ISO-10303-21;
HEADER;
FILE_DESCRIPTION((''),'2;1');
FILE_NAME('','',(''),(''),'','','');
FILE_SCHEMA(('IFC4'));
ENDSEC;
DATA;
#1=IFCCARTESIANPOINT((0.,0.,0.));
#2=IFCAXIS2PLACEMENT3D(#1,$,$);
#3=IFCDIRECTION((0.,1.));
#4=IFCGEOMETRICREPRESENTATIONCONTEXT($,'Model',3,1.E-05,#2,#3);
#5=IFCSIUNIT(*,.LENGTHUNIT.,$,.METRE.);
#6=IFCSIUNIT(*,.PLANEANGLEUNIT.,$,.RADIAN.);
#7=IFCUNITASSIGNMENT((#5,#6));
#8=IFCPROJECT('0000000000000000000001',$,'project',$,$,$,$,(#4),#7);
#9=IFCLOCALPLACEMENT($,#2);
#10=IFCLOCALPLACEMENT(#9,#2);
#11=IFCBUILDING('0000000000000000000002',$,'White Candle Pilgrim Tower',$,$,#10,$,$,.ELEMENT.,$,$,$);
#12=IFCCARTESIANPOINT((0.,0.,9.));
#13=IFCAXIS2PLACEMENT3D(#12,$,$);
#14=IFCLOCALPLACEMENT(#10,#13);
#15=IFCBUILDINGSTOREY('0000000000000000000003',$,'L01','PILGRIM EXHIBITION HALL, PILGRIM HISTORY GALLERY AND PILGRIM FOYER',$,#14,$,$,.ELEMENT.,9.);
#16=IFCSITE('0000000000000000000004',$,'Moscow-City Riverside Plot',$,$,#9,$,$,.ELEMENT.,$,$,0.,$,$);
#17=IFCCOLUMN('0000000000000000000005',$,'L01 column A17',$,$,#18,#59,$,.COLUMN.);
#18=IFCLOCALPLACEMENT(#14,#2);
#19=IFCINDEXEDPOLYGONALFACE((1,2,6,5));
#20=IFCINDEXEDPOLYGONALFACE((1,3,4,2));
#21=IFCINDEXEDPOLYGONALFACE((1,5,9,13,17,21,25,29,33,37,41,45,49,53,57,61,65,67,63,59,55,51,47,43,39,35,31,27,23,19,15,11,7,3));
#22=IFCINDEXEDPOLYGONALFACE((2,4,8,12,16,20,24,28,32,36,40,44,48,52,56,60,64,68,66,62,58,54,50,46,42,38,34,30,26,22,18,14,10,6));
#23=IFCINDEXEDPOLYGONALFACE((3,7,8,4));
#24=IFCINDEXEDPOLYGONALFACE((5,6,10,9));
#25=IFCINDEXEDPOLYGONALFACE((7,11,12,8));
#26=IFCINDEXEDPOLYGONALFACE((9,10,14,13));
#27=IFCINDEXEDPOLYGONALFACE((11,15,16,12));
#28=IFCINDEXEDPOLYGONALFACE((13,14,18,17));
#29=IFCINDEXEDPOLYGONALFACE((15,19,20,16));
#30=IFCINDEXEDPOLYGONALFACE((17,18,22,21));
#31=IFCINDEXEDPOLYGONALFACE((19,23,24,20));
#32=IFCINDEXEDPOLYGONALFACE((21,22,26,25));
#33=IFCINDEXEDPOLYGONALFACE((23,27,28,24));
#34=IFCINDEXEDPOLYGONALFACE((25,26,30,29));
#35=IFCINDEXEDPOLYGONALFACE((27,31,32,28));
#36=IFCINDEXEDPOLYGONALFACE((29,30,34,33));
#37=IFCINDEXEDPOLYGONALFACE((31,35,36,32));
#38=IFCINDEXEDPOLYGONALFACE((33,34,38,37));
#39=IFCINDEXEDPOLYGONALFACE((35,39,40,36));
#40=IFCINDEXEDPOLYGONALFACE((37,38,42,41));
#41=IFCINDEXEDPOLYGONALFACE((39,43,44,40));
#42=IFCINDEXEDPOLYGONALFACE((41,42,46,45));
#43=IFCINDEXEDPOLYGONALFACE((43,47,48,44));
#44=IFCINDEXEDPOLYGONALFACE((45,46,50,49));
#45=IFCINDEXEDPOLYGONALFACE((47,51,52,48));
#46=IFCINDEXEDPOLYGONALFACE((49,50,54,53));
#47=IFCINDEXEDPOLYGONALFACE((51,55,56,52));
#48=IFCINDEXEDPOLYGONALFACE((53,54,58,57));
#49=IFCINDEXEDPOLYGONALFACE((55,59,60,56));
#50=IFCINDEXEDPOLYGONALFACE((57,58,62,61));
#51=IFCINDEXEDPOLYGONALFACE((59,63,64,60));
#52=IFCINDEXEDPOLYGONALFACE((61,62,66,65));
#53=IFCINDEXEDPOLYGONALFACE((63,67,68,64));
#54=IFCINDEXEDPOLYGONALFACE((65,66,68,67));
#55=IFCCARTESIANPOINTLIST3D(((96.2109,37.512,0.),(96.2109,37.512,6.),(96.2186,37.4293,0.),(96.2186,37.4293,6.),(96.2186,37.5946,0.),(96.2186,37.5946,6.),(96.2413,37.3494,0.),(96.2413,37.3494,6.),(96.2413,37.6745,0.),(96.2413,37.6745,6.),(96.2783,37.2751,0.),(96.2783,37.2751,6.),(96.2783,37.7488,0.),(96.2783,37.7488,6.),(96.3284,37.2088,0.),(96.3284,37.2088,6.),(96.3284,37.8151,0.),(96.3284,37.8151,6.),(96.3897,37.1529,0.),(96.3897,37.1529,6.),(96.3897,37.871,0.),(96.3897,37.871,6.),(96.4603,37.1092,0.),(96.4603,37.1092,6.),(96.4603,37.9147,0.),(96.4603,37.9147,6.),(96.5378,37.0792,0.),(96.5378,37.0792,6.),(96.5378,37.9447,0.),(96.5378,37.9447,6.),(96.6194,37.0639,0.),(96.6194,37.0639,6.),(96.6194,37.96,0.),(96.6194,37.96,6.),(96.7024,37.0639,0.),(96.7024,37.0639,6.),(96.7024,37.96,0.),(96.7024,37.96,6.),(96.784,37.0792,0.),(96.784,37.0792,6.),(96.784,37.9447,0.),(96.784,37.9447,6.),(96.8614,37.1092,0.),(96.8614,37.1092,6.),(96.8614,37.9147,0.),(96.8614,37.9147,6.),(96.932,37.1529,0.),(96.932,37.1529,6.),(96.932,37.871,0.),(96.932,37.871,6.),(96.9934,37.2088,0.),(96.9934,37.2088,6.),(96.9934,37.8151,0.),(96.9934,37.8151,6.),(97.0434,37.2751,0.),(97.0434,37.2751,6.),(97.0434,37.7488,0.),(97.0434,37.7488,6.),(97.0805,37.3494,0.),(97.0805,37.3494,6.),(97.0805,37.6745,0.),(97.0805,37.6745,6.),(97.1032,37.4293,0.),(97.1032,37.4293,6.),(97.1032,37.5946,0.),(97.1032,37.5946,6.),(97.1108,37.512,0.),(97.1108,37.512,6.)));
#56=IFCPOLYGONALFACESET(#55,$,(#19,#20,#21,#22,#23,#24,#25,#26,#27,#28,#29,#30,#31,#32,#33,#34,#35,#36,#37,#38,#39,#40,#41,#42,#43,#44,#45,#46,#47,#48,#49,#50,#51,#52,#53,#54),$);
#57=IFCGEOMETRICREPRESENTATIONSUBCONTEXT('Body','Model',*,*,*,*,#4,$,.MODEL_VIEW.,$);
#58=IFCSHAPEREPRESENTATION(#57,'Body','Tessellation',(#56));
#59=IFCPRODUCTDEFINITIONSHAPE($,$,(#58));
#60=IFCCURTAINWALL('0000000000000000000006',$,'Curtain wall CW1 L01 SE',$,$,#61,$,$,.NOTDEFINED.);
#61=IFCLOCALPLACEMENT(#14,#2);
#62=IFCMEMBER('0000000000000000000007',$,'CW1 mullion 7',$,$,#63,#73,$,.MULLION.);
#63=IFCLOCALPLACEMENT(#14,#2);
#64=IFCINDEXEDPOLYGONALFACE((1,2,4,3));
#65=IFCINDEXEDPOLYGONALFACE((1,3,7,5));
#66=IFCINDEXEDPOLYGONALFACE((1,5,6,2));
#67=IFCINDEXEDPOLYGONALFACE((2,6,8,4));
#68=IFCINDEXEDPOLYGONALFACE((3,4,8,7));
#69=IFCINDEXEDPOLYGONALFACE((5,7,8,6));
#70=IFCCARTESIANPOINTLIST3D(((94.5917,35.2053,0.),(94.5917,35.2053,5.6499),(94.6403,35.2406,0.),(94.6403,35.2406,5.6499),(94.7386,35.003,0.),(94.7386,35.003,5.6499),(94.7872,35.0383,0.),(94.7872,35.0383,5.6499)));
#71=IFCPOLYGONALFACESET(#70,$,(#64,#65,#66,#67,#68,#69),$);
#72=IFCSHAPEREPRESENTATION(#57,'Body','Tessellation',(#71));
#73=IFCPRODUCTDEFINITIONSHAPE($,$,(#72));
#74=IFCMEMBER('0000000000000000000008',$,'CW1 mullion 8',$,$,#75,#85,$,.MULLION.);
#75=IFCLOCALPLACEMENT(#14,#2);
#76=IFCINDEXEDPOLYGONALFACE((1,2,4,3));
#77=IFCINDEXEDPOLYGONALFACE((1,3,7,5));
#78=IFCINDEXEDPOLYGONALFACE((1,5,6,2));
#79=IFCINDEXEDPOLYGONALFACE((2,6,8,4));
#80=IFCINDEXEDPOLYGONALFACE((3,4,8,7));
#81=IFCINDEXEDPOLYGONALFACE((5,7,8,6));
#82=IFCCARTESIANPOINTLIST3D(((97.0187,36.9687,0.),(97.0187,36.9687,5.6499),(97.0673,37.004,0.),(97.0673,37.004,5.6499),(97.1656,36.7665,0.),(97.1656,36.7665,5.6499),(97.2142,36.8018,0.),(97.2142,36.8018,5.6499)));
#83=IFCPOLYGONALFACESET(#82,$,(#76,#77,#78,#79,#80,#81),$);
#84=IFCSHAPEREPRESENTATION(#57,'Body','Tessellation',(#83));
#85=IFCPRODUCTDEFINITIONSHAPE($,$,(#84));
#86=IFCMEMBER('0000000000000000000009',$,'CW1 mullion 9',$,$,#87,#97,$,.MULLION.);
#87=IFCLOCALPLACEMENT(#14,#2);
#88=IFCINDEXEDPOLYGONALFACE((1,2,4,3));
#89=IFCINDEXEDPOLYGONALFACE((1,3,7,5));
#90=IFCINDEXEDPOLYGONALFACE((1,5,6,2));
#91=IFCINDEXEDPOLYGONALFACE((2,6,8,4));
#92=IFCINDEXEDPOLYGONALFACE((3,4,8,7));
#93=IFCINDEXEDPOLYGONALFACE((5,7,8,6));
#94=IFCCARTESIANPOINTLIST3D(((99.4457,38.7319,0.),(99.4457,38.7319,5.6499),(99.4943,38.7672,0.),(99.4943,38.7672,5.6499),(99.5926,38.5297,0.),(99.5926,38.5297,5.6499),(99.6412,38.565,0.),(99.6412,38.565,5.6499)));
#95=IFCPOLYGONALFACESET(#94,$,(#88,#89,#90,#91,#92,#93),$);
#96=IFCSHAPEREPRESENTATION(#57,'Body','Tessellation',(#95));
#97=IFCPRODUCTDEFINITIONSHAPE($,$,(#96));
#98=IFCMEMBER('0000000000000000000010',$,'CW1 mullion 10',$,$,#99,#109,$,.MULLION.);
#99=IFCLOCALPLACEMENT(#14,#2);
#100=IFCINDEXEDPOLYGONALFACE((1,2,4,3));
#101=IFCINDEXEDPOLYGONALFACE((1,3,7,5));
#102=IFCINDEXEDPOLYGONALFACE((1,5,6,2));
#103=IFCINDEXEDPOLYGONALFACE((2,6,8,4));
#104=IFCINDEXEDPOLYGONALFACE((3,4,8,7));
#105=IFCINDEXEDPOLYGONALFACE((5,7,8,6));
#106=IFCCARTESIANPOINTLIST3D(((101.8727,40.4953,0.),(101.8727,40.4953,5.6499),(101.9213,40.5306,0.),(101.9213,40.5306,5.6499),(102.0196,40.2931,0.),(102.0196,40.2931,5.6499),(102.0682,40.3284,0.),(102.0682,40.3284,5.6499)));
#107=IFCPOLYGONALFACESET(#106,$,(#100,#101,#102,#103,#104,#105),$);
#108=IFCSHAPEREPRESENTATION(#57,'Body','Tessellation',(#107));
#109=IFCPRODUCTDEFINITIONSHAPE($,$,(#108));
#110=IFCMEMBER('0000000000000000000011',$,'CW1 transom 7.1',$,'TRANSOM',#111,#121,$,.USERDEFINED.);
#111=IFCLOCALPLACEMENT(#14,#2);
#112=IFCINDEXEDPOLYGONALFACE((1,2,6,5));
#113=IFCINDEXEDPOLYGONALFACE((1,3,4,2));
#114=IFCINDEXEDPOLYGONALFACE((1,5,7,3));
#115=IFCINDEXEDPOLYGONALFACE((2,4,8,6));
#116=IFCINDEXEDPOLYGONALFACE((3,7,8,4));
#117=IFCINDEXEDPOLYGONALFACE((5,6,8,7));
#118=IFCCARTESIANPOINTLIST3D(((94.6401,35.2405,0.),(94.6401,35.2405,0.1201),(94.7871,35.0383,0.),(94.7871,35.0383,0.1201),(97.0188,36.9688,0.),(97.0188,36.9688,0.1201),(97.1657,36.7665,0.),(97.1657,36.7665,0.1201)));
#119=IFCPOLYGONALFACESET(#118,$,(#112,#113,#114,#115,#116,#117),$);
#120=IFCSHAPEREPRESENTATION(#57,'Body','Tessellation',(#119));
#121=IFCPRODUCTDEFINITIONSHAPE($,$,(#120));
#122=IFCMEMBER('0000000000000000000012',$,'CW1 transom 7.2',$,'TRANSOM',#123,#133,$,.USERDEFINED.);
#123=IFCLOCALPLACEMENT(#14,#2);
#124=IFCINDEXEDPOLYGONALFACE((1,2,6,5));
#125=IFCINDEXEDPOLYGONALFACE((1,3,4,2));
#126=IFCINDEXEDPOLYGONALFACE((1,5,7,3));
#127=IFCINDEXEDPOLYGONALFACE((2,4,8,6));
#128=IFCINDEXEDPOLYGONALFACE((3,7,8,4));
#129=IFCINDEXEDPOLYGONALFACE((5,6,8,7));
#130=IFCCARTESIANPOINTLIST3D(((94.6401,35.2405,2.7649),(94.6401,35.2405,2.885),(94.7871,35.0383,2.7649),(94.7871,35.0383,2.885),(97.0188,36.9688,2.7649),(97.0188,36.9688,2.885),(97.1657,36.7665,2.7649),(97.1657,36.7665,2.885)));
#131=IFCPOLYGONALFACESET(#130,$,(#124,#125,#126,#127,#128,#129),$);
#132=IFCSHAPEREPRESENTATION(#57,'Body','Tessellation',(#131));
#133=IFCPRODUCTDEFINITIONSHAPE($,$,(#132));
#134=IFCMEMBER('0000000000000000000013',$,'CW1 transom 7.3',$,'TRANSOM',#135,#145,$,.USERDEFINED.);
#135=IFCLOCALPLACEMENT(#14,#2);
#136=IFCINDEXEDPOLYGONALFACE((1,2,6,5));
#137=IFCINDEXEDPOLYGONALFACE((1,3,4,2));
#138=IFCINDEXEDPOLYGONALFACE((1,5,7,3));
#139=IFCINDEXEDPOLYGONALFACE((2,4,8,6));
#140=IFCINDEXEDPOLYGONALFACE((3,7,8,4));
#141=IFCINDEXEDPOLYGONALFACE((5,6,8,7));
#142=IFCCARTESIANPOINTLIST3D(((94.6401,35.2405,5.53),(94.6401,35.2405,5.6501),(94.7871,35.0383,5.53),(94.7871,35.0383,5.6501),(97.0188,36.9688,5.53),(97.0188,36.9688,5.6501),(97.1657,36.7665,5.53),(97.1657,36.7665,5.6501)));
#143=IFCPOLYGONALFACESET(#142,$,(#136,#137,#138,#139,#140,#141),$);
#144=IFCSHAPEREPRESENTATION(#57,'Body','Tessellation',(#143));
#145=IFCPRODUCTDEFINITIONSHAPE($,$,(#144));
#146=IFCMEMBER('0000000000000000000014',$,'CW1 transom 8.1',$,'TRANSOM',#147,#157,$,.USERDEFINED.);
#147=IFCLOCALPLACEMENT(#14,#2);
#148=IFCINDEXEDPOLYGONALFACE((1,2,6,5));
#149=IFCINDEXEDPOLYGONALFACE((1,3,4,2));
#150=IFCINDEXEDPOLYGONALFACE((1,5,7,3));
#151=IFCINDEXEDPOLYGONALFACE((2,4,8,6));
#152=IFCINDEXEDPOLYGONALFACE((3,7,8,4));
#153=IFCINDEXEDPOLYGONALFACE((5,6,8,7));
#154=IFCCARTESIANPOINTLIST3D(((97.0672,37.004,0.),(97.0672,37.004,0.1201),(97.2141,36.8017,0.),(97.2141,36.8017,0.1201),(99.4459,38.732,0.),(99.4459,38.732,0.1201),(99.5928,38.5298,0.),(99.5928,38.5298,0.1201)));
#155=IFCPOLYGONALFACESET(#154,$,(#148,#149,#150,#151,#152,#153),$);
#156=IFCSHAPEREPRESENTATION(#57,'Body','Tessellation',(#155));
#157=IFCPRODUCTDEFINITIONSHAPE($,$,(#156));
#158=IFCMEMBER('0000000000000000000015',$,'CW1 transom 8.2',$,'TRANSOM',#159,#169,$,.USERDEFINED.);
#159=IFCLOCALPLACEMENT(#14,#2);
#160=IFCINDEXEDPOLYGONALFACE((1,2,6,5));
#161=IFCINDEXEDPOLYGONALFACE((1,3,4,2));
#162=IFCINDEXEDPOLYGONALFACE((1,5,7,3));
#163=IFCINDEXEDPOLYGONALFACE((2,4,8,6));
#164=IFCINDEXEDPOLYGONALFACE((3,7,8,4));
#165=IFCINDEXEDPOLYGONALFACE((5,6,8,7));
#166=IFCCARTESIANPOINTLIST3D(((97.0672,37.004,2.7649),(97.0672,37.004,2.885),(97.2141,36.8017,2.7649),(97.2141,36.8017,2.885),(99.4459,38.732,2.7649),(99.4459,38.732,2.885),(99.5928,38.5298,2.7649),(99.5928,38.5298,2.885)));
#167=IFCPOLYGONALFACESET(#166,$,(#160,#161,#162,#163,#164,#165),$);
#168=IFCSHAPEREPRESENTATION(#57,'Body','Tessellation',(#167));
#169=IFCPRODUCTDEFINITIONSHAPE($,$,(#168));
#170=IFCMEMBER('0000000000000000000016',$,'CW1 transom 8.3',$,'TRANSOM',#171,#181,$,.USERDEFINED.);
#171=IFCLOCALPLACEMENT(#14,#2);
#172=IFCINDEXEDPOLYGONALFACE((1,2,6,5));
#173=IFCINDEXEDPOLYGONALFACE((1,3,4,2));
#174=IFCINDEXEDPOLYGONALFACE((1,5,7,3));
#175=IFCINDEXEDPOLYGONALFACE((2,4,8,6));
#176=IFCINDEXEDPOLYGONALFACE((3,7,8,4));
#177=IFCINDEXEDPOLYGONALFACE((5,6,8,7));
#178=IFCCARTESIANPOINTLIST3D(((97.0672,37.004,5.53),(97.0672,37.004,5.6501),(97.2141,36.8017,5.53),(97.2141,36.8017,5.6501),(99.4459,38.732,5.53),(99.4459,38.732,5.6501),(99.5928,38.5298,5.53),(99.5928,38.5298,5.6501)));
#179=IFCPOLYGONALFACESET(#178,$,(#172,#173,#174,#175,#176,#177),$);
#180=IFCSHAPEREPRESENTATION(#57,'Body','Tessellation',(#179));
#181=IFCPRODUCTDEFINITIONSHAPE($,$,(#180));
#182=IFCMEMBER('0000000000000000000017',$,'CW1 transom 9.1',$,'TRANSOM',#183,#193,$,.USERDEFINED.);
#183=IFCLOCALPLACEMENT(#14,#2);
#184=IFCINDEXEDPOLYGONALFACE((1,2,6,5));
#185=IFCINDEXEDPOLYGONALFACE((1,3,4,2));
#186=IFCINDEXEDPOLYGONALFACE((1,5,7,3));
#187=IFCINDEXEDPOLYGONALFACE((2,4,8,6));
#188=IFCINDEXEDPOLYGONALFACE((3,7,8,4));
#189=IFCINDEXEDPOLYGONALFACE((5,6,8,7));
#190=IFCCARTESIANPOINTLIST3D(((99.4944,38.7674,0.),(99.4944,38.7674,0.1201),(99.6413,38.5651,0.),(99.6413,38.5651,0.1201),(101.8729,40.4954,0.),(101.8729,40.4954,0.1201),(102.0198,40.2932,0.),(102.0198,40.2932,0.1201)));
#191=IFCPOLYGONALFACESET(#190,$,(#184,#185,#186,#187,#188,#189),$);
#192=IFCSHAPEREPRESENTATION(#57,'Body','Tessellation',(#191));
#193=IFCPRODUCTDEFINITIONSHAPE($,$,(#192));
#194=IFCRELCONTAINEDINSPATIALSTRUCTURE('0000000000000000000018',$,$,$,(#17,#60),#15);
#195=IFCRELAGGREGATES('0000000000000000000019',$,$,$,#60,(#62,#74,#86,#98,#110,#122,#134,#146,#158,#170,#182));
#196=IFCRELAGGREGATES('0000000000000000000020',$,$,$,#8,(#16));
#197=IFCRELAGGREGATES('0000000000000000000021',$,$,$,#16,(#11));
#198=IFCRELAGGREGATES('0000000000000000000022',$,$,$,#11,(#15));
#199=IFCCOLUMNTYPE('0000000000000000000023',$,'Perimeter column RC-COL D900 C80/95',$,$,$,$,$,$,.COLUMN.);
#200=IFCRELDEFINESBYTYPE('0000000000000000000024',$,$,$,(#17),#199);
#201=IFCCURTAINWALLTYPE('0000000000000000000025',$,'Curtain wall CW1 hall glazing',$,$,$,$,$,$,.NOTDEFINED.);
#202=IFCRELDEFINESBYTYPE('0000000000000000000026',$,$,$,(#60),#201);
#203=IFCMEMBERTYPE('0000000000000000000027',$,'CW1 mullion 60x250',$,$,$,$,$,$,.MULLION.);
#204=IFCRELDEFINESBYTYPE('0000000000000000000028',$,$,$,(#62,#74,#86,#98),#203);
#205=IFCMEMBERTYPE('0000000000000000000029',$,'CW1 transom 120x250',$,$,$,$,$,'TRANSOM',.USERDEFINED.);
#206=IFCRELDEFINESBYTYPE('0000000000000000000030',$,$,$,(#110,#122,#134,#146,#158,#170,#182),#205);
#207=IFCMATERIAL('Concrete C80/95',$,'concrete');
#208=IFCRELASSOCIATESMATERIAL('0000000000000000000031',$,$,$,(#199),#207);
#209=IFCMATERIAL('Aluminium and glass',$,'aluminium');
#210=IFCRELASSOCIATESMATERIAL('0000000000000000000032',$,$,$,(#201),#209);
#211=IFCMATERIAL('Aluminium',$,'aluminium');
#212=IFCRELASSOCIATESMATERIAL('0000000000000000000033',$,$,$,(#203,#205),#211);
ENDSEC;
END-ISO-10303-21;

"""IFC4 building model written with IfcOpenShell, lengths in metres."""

from ifc_helpers import new_model, si_unit, direction, frame, origin, origin_2d, place, context, subcontext, project, spatial, rectangle, circle, extrude, material, material_profile, profile_set, type_object, element, aggregate, save


model = new_model("IFC4")

# Units and contexts
model_context = context("Model", 3, precision=1e-05, world=origin(), true_north=direction((0.0, 1.0)))
body_context = subcontext(model_context, "Body", "Model", "MODEL_VIEW")
ifc_project = project(units=[si_unit("LENGTHUNIT", "METRE"), si_unit("PLANEANGLEUNIT", "RADIAN")], contexts=[model_context])

# Site, building, storey
site_placement = place(None, origin())
site = spatial("IfcSite", under=ifc_project, at=site_placement, Name="Moscow-City Riverside Plot", CompositionType="ELEMENT", RefElevation=0.0)
building_placement = place(site_placement, origin())
building = spatial("IfcBuilding", under=site, at=building_placement, Name="White Candle Pilgrim Tower", CompositionType="ELEMENT")
storey_placement = place(building_placement, frame((0.0, 0.0, 9.0)))
storey = spatial("IfcBuildingStorey", under=building, at=storey_placement, Name="L01", Description="PILGRIM EXHIBITION HALL, PILGRIM HISTORY GALLERY AND PILGRIM FOYER", CompositionType="ELEMENT", Elevation=9.0)

# Column
ifc_material_1 = material(Name="Concrete C80/95", Category="concrete")
ifc_material_profile_1 = material_profile(ifc_material_1, circle(Radius=0.45, at=origin_2d()), Name="RC-COL D900")
ifc_profile_set_1 = profile_set([ifc_material_profile_1], Name="Concrete C80/95")
column_type = type_object("IfcColumnType", Name="Perimeter column RC-COL D900 C80/95", PredefinedType="COLUMN", material=ifc_profile_set_1)
column_placement = place(storey_placement, frame((96.6609, 37.512, 0.0), z_axis=(0.0, 0.0, 1.0), x_axis=(1.0, 0.0, 0.0)))
element("IfcColumn", 1, at=column_placement, inside=storey, type_object=column_type, Name="L01 column A17", PredefinedType="COLUMN", context=body_context, shape_type="SweptSolid", body=[
    extrude(circle(Radius=0.45, at=origin_2d()), origin(), (0.0, 0.0, 1.0), 6.0),
])

# Curtain wall, members
ifc_material_2 = material(Name="Aluminium and glass", Category="aluminium")
curtain_wall_type = type_object("IfcCurtainWallType", Name="Curtain wall CW1 hall glazing", PredefinedType="NOTDEFINED", material=ifc_material_2)
curtain_wall_placement = place(storey_placement, origin())
curtain_wall = element("IfcCurtainWall", 2, at=curtain_wall_placement, inside=storey, type_object=curtain_wall_type, Name="Curtain wall CW1 L01 SE", PredefinedType="NOTDEFINED")
ifc_material_3 = material(Name="Aluminium", Category="aluminium")
ifc_material_profile_2 = material_profile(ifc_material_3, rectangle(XDim=0.25, YDim=0.0601, at=origin_2d()), Name="CW1 mullion 60x250")
ifc_profile_set_2 = profile_set([ifc_material_profile_2], Name="Aluminium")
member_type_1 = type_object("IfcMemberType", Name="CW1 mullion 60x250", PredefinedType="MULLION", material=ifc_profile_set_2)
member_1_placement = place(storey_placement, frame((94.6895, 35.1218, 0.0), z_axis=(0.0, 0.0, 1.0), x_axis=(-0.587785, 0.809017, 0.0)))
member_1 = element("IfcMember", 3, at=member_1_placement, type_object=member_type_1, Name="CW1 mullion 7", PredefinedType="MULLION", context=body_context, shape_type="SweptSolid", body=[
    extrude(rectangle(XDim=0.25, YDim=0.0601, at=origin_2d()), origin(), (0.0, 0.0, 1.0), 5.6499),
])
member_2_placement = place(storey_placement, frame((97.1165, 36.8853, 0.0), z_axis=(0.0, 0.0, 1.0), x_axis=(-0.587785, 0.809017, 0.0)))
member_2 = element("IfcMember", 4, at=member_2_placement, type_object=member_type_1, Name="CW1 mullion 8", PredefinedType="MULLION", context=body_context, shape_type="SweptSolid", body=[
    extrude(rectangle(XDim=0.25, YDim=0.0601, at=origin_2d()), origin(), (0.0, 0.0, 1.0), 5.6499),
])
member_3_placement = place(storey_placement, frame((99.5435, 38.6484, 0.0), z_axis=(0.0, 0.0, 1.0), x_axis=(-0.587785, 0.809017, 0.0)))
member_3 = element("IfcMember", 5, at=member_3_placement, type_object=member_type_1, Name="CW1 mullion 9", PredefinedType="MULLION", context=body_context, shape_type="SweptSolid", body=[
    extrude(rectangle(XDim=0.25, YDim=0.0601, at=origin_2d()), origin(), (0.0, 0.0, 1.0), 5.6499),
])
member_4_placement = place(storey_placement, frame((101.9705, 40.4119, 0.0), z_axis=(0.0, 0.0, 1.0), x_axis=(-0.587785, 0.809017, 0.0)))
member_4 = element("IfcMember", 6, at=member_4_placement, type_object=member_type_1, Name="CW1 mullion 10", PredefinedType="MULLION", context=body_context, shape_type="SweptSolid", body=[
    extrude(rectangle(XDim=0.25, YDim=0.0601, at=origin_2d()), origin(), (0.0, 0.0, 1.0), 5.6499),
])
ifc_material_profile_3 = material_profile(ifc_material_3, rectangle(XDim=0.25, YDim=0.1201, at=origin_2d()), Name="CW1 transom 120x250")
ifc_profile_set_3 = profile_set([ifc_material_profile_3], Name="Aluminium")
member_type_2 = type_object("IfcMemberType", Name="CW1 transom 120x250", ElementType="TRANSOM", PredefinedType="USERDEFINED", material=ifc_profile_set_3)
member_5_placement = place(storey_placement, frame((94.7136, 35.1394, 0.0601), z_axis=(0.809005, 0.587801, 0.0), x_axis=(-0.587801, 0.809005, 0.0)))
member_5 = element("IfcMember", 7, at=member_5_placement, type_object=member_type_2, Name="CW1 transom 7.1", ObjectType="TRANSOM", PredefinedType="USERDEFINED", context=body_context, shape_type="SweptSolid", body=[
    extrude(rectangle(XDim=0.25, YDim=0.1201, at=origin_2d()), origin(), (0.0, 0.0, 1.0), 2.9402),
])
member_6_placement = place(storey_placement, frame((94.7136, 35.1394, 2.825), z_axis=(0.809005, 0.587801, 0.0), x_axis=(-0.587801, 0.809005, 0.0)))
member_6 = element("IfcMember", 8, at=member_6_placement, type_object=member_type_2, Name="CW1 transom 7.2", ObjectType="TRANSOM", PredefinedType="USERDEFINED", context=body_context, shape_type="SweptSolid", body=[
    extrude(rectangle(XDim=0.25, YDim=0.1201, at=origin_2d()), origin(), (0.0, 0.0, 1.0), 2.9402),
])
member_7_placement = place(storey_placement, frame((94.7136, 35.1394, 5.5901), z_axis=(0.809005, 0.587801, 0.0), x_axis=(-0.587801, 0.809005, 0.0)))
member_7 = element("IfcMember", 9, at=member_7_placement, type_object=member_type_2, Name="CW1 transom 7.3", ObjectType="TRANSOM", PredefinedType="USERDEFINED", context=body_context, shape_type="SweptSolid", body=[
    extrude(rectangle(XDim=0.25, YDim=0.1201, at=origin_2d()), origin(), (0.0, 0.0, 1.0), 2.9402),
])
member_8_placement = place(storey_placement, frame((97.1406, 36.9028, 0.0601), z_axis=(0.809045, 0.587747, 0.0), x_axis=(-0.587747, 0.809045, 0.0)))
member_8 = element("IfcMember", 10, at=member_8_placement, type_object=member_type_2, Name="CW1 transom 8.1", ObjectType="TRANSOM", PredefinedType="USERDEFINED", context=body_context, shape_type="SweptSolid", body=[
    extrude(rectangle(XDim=0.25, YDim=0.1201, at=origin_2d()), origin(), (0.0, 0.0, 1.0), 2.9402),
])
member_9_placement = place(storey_placement, frame((97.1406, 36.9028, 2.825), z_axis=(0.809045, 0.587747, 0.0), x_axis=(-0.587747, 0.809045, 0.0)))
member_9 = element("IfcMember", 11, at=member_9_placement, type_object=member_type_2, Name="CW1 transom 8.2", ObjectType="TRANSOM", PredefinedType="USERDEFINED", context=body_context, shape_type="SweptSolid", body=[
    extrude(rectangle(XDim=0.25, YDim=0.1201, at=origin_2d()), origin(), (0.0, 0.0, 1.0), 2.9402),
])
member_10_placement = place(storey_placement, frame((97.1406, 36.9028, 5.5901), z_axis=(0.809045, 0.587747, 0.0), x_axis=(-0.587747, 0.809045, 0.0)))
member_10 = element("IfcMember", 12, at=member_10_placement, type_object=member_type_2, Name="CW1 transom 8.3", ObjectType="TRANSOM", PredefinedType="USERDEFINED", context=body_context, shape_type="SweptSolid", body=[
    extrude(rectangle(XDim=0.25, YDim=0.1201, at=origin_2d()), origin(), (0.0, 0.0, 1.0), 2.9402),
])
member_11_placement = place(storey_placement, frame((99.5679, 38.6663, 0.0601), z_axis=(0.809016, 0.587786, 0.0), x_axis=(-0.587786, 0.809016, 0.0)))
member_11 = element("IfcMember", 13, at=member_11_placement, type_object=member_type_2, Name="CW1 transom 9.1", ObjectType="TRANSOM", PredefinedType="USERDEFINED", context=body_context, shape_type="SweptSolid", body=[
    extrude(rectangle(XDim=0.25, YDim=0.1201, at=origin_2d()), origin(), (0.0, 0.0, 1.0), 2.9399),
])

aggregate(curtain_wall, [member_1, member_2, member_3, member_4, member_5, member_6, member_7, member_8, member_9, member_10, member_11])

save(model, "model.ifc")
